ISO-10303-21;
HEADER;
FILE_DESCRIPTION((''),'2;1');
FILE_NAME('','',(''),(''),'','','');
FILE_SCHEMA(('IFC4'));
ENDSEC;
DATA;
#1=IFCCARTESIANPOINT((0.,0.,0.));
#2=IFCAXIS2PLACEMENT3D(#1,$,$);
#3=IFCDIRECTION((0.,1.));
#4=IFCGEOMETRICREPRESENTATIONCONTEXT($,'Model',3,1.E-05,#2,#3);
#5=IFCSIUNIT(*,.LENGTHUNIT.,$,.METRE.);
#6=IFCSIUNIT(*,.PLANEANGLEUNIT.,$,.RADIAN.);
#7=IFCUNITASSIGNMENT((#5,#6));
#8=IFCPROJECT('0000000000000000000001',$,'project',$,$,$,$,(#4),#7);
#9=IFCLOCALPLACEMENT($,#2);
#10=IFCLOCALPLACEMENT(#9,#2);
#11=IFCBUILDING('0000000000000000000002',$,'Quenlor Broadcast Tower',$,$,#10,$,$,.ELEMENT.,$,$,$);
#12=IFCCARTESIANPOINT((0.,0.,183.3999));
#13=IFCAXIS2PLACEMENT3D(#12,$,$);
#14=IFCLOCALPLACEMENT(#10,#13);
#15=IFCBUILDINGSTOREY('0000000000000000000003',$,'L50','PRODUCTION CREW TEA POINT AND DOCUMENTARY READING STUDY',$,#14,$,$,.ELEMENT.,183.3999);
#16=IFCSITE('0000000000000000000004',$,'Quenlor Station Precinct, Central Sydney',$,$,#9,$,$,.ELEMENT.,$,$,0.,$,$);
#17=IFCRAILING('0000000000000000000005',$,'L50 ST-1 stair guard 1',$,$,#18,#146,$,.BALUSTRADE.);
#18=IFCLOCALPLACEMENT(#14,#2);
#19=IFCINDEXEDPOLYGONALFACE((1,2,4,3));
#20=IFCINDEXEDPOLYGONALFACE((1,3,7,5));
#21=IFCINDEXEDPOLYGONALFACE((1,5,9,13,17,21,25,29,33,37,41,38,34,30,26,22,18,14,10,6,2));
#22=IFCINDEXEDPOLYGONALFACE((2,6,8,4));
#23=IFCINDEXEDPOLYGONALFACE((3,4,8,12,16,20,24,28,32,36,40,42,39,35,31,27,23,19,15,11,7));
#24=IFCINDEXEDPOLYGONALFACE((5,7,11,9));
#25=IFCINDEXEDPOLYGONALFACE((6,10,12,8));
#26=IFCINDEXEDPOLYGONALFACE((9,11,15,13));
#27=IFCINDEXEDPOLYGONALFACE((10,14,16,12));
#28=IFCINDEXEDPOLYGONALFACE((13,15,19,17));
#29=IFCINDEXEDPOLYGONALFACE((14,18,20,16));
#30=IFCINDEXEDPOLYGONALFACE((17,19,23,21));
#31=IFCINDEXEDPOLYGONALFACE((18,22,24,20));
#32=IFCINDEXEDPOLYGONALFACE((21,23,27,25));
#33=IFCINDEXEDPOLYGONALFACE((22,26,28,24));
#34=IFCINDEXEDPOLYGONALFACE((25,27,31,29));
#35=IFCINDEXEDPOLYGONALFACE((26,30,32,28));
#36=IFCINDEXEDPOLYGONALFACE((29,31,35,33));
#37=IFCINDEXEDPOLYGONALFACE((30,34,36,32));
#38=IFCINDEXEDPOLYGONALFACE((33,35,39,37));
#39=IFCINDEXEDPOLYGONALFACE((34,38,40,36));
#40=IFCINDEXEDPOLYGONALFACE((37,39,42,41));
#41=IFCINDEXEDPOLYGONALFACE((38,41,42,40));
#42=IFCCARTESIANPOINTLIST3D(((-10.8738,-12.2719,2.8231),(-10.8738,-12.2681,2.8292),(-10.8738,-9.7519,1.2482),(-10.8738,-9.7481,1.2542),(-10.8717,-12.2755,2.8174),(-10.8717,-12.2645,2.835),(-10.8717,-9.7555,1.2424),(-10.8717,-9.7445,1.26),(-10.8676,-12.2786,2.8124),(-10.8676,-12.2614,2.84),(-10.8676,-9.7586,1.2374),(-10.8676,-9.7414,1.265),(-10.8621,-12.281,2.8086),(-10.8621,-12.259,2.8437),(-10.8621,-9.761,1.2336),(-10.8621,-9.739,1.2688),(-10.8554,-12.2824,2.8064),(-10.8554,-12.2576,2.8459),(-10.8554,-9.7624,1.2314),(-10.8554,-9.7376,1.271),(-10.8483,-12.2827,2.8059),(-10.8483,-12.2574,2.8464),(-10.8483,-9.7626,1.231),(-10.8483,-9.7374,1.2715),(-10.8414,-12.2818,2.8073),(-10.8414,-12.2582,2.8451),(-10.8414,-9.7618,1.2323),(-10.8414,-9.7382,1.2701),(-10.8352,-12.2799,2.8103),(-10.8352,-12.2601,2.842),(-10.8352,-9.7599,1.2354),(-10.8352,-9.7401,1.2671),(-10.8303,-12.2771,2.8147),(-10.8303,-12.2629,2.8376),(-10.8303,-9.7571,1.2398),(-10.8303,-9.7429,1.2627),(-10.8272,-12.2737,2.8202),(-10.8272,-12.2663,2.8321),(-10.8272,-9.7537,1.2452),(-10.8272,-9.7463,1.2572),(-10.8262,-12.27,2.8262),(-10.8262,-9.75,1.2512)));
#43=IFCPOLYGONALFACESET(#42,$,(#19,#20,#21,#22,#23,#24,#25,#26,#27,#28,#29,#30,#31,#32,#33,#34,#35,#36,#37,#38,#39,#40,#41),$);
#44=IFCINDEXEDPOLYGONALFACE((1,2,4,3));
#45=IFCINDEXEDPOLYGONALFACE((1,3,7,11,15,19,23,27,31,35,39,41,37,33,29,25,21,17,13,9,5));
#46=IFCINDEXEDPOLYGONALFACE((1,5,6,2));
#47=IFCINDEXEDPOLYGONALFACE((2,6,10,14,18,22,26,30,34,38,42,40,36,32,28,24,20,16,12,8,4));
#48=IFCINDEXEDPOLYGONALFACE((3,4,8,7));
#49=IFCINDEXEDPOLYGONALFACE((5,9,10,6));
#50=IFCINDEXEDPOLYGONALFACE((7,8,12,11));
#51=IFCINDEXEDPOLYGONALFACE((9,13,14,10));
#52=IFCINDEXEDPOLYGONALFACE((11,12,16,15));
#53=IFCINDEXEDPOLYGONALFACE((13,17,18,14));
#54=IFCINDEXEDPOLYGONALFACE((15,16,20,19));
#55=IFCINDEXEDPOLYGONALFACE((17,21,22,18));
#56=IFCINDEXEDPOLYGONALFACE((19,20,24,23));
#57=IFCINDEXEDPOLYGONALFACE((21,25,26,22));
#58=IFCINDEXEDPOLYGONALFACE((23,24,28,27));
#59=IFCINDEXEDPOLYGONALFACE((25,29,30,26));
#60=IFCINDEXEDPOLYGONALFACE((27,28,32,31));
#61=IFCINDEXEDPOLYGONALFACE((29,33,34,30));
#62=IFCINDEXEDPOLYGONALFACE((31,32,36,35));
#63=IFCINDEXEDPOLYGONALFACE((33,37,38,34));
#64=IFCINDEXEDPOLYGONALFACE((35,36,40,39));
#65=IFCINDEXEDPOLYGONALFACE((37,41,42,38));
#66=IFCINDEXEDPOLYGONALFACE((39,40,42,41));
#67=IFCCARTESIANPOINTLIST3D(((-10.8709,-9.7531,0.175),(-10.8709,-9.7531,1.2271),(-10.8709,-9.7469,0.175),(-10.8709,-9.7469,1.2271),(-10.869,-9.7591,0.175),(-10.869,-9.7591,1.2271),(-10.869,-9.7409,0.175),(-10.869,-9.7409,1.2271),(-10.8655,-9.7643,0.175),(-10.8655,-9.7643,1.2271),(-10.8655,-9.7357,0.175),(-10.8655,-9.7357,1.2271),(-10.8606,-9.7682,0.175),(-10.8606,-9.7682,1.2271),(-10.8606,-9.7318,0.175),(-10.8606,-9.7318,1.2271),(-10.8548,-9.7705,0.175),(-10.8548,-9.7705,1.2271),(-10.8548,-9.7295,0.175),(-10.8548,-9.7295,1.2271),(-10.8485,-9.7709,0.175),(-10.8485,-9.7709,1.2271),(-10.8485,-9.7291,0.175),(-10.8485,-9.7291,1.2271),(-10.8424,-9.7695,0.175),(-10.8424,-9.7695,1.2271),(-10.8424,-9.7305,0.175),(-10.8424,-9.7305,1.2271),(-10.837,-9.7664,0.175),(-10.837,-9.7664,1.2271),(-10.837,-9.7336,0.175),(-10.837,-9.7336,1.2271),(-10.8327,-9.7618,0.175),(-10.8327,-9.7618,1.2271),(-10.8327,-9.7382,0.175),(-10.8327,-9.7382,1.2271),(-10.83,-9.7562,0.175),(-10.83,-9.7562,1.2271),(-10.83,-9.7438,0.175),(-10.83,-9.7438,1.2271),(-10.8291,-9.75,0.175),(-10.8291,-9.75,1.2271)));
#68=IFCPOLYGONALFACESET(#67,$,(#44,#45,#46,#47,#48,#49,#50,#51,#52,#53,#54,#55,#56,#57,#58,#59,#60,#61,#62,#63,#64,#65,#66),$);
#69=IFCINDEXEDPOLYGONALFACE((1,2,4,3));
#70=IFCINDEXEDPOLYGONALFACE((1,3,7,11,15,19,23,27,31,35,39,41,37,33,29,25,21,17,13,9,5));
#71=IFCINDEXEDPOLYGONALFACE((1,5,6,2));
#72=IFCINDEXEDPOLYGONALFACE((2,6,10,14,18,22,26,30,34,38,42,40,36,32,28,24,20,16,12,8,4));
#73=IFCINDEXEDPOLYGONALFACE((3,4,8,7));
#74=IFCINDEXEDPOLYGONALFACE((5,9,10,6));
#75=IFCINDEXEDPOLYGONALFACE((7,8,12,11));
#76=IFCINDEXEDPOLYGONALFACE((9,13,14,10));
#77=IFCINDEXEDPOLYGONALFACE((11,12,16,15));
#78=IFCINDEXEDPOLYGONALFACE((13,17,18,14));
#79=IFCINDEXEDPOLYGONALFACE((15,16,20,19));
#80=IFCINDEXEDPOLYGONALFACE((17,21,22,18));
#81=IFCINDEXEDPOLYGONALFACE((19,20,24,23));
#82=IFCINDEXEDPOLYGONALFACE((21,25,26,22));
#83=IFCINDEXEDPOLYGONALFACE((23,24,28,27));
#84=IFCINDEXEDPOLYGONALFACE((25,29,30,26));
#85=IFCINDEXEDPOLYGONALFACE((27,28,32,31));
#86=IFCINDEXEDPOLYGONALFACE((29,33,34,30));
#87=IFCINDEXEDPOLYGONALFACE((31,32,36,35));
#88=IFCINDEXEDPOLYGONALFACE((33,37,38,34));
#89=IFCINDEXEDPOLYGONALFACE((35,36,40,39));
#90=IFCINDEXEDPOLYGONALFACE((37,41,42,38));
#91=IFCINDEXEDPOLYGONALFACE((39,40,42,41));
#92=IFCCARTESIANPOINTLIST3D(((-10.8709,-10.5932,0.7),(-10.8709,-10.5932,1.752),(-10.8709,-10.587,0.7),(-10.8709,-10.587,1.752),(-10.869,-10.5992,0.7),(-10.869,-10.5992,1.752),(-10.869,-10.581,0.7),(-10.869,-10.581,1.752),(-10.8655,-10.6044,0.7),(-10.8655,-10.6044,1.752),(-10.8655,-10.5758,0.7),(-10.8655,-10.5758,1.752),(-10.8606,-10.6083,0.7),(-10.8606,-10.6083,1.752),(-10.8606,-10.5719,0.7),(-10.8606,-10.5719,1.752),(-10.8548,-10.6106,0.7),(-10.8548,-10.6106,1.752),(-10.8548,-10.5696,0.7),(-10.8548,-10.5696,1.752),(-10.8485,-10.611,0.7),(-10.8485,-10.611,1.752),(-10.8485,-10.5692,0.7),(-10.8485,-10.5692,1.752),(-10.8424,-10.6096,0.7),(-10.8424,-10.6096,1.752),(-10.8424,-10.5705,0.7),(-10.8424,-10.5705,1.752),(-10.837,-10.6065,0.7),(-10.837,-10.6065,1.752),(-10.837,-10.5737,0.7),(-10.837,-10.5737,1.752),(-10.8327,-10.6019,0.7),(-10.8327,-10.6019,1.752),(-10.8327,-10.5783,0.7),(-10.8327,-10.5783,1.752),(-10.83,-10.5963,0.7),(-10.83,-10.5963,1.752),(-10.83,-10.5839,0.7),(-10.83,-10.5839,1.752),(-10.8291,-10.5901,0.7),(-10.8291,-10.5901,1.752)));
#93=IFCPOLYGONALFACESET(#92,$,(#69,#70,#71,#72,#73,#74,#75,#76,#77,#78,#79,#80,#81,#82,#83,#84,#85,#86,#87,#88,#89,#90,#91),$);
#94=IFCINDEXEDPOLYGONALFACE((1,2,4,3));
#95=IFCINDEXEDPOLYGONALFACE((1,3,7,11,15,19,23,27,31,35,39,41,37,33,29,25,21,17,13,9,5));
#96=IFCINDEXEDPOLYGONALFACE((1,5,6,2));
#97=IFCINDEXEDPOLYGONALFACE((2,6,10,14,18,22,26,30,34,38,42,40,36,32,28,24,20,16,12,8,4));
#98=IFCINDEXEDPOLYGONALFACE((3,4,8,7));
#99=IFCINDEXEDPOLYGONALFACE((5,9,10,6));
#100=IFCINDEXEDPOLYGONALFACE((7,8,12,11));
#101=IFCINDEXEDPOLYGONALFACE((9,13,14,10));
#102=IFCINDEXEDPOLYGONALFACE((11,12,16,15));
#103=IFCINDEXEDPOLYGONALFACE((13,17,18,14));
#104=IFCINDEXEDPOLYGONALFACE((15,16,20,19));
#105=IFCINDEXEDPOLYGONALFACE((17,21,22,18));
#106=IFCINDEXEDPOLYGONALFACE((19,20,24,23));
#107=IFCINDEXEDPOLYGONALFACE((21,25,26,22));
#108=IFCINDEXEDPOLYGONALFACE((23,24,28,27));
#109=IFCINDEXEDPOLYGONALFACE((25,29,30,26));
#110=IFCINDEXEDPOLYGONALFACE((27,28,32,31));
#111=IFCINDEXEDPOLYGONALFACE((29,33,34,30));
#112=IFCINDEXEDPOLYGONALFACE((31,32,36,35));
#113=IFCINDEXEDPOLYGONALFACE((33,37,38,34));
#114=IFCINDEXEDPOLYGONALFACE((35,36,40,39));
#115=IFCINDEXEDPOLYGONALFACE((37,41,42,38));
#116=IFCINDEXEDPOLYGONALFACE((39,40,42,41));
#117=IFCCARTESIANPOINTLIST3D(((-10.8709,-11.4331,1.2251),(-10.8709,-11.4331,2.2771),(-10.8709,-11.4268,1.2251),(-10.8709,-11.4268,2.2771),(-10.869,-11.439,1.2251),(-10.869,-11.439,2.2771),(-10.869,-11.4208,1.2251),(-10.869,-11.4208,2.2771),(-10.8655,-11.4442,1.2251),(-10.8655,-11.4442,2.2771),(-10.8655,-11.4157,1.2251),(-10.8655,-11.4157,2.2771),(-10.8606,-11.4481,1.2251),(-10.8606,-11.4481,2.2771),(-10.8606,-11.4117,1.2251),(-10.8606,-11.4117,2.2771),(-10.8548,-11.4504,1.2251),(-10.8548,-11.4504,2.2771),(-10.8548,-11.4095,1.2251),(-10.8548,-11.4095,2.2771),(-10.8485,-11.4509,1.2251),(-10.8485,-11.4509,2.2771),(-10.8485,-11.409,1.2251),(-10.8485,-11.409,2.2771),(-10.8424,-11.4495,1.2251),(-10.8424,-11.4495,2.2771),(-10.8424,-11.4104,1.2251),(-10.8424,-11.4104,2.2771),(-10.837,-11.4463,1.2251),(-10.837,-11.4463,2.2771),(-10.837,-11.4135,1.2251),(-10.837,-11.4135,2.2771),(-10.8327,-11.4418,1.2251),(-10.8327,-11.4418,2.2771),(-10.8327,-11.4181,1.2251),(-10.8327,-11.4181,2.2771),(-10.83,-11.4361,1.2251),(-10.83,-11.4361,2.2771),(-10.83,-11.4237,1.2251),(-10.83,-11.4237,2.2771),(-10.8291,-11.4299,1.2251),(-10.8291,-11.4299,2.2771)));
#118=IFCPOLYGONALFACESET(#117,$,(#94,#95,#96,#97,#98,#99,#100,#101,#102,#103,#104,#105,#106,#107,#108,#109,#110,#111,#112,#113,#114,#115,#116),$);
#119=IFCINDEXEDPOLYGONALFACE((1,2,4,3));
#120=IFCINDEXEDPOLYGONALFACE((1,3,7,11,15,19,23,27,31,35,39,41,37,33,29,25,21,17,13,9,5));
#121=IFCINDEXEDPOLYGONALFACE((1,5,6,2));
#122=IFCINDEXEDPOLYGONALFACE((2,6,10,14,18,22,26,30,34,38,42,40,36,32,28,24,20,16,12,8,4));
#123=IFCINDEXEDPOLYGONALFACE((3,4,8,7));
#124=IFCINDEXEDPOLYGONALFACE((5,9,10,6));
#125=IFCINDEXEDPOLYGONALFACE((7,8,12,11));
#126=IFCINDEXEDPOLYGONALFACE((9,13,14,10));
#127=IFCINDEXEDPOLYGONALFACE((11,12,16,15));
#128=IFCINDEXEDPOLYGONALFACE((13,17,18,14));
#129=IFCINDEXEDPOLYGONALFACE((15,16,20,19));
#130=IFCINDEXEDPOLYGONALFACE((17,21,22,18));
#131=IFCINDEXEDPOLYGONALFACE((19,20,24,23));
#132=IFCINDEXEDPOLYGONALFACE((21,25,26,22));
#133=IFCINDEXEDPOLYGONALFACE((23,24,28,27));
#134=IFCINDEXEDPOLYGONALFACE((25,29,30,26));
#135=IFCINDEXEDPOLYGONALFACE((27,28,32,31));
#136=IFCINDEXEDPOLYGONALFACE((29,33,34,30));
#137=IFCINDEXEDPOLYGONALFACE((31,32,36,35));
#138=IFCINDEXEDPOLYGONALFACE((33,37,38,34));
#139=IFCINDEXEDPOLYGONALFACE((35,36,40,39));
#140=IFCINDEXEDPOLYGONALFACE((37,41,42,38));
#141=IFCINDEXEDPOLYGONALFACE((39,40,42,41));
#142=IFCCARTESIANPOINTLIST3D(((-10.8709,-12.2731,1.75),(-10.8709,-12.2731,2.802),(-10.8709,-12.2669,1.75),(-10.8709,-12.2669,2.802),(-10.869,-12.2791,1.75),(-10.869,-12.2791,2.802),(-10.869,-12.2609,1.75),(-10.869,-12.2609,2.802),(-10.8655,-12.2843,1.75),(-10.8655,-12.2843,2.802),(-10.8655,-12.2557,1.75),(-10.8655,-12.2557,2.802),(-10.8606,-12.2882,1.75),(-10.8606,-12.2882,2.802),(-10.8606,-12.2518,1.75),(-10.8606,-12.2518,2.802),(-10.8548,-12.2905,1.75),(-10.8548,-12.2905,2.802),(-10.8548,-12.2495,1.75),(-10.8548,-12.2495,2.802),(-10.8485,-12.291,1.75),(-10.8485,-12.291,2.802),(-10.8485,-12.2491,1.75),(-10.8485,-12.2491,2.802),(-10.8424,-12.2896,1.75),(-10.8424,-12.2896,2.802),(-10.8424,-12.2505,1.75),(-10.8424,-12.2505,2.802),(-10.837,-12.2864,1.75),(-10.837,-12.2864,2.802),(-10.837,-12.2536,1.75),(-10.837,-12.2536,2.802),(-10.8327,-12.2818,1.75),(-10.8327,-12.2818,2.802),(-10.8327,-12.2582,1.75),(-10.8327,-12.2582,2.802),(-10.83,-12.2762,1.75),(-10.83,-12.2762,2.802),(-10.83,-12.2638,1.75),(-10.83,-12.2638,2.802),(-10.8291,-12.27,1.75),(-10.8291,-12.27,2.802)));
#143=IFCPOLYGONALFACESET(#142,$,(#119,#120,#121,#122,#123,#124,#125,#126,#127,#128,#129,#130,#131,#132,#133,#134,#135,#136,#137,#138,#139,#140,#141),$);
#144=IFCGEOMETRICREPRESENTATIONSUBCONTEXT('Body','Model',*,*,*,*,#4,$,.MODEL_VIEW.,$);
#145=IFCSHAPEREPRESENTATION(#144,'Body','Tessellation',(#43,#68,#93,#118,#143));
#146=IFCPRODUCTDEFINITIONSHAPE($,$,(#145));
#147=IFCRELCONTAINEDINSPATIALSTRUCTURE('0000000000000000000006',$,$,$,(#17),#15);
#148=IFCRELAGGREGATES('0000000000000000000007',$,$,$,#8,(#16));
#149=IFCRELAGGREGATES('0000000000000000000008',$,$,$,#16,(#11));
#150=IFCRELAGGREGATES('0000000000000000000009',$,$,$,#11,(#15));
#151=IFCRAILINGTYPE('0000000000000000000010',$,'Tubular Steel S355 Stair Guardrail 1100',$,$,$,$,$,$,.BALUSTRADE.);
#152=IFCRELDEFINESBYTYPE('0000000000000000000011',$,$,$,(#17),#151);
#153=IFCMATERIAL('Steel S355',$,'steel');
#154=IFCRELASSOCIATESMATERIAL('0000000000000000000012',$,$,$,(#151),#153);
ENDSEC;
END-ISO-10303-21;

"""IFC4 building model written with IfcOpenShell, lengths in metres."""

from ifc_helpers import new_model, si_unit, direction, frame, origin, origin_2d, place, context, subcontext, project, spatial, circle, extrude, material, type_object, element, save


model = new_model("IFC4")

# Units and contexts
model_context = context("Model", 3, precision=1e-05, world=origin(), true_north=direction((0.0, 1.0)))
body_context = subcontext(model_context, "Body", "Model", "MODEL_VIEW")
ifc_project = project(units=[si_unit("LENGTHUNIT", "METRE"), si_unit("PLANEANGLEUNIT", "RADIAN")], contexts=[model_context])

# Site, building, storey
site_placement = place(None, origin())
site = spatial("IfcSite", under=ifc_project, at=site_placement, Name="Quenlor Station Precinct, Central Sydney", CompositionType="ELEMENT", RefElevation=0.0)
building_placement = place(site_placement, origin())
building = spatial("IfcBuilding", under=site, at=building_placement, Name="Quenlor Broadcast Tower", CompositionType="ELEMENT")
storey_placement = place(building_placement, frame((0.0, 0.0, 183.3999)))
storey = spatial("IfcBuildingStorey", under=building, at=storey_placement, Name="L50", Description="PRODUCTION CREW TEA POINT AND DOCUMENTARY READING STUDY", CompositionType="ELEMENT", Elevation=183.3999)

# Railing
ifc_material_1 = material(Name="Steel S355", Category="steel")
railing_type_1 = type_object("IfcRailingType", Name="Tubular Steel S355 Stair Guardrail 1100", PredefinedType="BALUSTRADE", material=ifc_material_1)
railing_1_placement = place(storey_placement, frame((-10.8501, -9.75, 0.175)))
element("IfcRailing", 1, at=railing_1_placement, inside=storey, type_object=railing_type_1, Name="L50 ST-1 stair guard 1", PredefinedType="BALUSTRADE", context=body_context, shape_type="SweptSolid", body=[
    extrude(circle(Radius=0.0239, at=origin_2d()), frame((0.0, 0.0, 1.0762), z_axis=(0.0, -0.848008, 0.529984), x_axis=(1.0, 0.0, 0.0)), (0.0, 0.0, 1.0), 2.9717),
    extrude(circle(Radius=0.021, at=origin_2d()), origin(), (0.0, 0.0, 1.0), 1.052),
    extrude(circle(Radius=0.021, at=origin_2d()), frame((0.0, -0.8401, 0.5249)), (0.0, 0.0, 1.0), 1.052),
    extrude(circle(Radius=0.021, at=origin_2d()), frame((0.0, -1.6799, 1.05)), (0.0, 0.0, 1.0), 1.052),
    extrude(circle(Radius=0.021, at=origin_2d()), frame((0.0, -2.52, 1.575)), (0.0, 0.0, 1.0), 1.052),
])

save(model, "model.ifc")
